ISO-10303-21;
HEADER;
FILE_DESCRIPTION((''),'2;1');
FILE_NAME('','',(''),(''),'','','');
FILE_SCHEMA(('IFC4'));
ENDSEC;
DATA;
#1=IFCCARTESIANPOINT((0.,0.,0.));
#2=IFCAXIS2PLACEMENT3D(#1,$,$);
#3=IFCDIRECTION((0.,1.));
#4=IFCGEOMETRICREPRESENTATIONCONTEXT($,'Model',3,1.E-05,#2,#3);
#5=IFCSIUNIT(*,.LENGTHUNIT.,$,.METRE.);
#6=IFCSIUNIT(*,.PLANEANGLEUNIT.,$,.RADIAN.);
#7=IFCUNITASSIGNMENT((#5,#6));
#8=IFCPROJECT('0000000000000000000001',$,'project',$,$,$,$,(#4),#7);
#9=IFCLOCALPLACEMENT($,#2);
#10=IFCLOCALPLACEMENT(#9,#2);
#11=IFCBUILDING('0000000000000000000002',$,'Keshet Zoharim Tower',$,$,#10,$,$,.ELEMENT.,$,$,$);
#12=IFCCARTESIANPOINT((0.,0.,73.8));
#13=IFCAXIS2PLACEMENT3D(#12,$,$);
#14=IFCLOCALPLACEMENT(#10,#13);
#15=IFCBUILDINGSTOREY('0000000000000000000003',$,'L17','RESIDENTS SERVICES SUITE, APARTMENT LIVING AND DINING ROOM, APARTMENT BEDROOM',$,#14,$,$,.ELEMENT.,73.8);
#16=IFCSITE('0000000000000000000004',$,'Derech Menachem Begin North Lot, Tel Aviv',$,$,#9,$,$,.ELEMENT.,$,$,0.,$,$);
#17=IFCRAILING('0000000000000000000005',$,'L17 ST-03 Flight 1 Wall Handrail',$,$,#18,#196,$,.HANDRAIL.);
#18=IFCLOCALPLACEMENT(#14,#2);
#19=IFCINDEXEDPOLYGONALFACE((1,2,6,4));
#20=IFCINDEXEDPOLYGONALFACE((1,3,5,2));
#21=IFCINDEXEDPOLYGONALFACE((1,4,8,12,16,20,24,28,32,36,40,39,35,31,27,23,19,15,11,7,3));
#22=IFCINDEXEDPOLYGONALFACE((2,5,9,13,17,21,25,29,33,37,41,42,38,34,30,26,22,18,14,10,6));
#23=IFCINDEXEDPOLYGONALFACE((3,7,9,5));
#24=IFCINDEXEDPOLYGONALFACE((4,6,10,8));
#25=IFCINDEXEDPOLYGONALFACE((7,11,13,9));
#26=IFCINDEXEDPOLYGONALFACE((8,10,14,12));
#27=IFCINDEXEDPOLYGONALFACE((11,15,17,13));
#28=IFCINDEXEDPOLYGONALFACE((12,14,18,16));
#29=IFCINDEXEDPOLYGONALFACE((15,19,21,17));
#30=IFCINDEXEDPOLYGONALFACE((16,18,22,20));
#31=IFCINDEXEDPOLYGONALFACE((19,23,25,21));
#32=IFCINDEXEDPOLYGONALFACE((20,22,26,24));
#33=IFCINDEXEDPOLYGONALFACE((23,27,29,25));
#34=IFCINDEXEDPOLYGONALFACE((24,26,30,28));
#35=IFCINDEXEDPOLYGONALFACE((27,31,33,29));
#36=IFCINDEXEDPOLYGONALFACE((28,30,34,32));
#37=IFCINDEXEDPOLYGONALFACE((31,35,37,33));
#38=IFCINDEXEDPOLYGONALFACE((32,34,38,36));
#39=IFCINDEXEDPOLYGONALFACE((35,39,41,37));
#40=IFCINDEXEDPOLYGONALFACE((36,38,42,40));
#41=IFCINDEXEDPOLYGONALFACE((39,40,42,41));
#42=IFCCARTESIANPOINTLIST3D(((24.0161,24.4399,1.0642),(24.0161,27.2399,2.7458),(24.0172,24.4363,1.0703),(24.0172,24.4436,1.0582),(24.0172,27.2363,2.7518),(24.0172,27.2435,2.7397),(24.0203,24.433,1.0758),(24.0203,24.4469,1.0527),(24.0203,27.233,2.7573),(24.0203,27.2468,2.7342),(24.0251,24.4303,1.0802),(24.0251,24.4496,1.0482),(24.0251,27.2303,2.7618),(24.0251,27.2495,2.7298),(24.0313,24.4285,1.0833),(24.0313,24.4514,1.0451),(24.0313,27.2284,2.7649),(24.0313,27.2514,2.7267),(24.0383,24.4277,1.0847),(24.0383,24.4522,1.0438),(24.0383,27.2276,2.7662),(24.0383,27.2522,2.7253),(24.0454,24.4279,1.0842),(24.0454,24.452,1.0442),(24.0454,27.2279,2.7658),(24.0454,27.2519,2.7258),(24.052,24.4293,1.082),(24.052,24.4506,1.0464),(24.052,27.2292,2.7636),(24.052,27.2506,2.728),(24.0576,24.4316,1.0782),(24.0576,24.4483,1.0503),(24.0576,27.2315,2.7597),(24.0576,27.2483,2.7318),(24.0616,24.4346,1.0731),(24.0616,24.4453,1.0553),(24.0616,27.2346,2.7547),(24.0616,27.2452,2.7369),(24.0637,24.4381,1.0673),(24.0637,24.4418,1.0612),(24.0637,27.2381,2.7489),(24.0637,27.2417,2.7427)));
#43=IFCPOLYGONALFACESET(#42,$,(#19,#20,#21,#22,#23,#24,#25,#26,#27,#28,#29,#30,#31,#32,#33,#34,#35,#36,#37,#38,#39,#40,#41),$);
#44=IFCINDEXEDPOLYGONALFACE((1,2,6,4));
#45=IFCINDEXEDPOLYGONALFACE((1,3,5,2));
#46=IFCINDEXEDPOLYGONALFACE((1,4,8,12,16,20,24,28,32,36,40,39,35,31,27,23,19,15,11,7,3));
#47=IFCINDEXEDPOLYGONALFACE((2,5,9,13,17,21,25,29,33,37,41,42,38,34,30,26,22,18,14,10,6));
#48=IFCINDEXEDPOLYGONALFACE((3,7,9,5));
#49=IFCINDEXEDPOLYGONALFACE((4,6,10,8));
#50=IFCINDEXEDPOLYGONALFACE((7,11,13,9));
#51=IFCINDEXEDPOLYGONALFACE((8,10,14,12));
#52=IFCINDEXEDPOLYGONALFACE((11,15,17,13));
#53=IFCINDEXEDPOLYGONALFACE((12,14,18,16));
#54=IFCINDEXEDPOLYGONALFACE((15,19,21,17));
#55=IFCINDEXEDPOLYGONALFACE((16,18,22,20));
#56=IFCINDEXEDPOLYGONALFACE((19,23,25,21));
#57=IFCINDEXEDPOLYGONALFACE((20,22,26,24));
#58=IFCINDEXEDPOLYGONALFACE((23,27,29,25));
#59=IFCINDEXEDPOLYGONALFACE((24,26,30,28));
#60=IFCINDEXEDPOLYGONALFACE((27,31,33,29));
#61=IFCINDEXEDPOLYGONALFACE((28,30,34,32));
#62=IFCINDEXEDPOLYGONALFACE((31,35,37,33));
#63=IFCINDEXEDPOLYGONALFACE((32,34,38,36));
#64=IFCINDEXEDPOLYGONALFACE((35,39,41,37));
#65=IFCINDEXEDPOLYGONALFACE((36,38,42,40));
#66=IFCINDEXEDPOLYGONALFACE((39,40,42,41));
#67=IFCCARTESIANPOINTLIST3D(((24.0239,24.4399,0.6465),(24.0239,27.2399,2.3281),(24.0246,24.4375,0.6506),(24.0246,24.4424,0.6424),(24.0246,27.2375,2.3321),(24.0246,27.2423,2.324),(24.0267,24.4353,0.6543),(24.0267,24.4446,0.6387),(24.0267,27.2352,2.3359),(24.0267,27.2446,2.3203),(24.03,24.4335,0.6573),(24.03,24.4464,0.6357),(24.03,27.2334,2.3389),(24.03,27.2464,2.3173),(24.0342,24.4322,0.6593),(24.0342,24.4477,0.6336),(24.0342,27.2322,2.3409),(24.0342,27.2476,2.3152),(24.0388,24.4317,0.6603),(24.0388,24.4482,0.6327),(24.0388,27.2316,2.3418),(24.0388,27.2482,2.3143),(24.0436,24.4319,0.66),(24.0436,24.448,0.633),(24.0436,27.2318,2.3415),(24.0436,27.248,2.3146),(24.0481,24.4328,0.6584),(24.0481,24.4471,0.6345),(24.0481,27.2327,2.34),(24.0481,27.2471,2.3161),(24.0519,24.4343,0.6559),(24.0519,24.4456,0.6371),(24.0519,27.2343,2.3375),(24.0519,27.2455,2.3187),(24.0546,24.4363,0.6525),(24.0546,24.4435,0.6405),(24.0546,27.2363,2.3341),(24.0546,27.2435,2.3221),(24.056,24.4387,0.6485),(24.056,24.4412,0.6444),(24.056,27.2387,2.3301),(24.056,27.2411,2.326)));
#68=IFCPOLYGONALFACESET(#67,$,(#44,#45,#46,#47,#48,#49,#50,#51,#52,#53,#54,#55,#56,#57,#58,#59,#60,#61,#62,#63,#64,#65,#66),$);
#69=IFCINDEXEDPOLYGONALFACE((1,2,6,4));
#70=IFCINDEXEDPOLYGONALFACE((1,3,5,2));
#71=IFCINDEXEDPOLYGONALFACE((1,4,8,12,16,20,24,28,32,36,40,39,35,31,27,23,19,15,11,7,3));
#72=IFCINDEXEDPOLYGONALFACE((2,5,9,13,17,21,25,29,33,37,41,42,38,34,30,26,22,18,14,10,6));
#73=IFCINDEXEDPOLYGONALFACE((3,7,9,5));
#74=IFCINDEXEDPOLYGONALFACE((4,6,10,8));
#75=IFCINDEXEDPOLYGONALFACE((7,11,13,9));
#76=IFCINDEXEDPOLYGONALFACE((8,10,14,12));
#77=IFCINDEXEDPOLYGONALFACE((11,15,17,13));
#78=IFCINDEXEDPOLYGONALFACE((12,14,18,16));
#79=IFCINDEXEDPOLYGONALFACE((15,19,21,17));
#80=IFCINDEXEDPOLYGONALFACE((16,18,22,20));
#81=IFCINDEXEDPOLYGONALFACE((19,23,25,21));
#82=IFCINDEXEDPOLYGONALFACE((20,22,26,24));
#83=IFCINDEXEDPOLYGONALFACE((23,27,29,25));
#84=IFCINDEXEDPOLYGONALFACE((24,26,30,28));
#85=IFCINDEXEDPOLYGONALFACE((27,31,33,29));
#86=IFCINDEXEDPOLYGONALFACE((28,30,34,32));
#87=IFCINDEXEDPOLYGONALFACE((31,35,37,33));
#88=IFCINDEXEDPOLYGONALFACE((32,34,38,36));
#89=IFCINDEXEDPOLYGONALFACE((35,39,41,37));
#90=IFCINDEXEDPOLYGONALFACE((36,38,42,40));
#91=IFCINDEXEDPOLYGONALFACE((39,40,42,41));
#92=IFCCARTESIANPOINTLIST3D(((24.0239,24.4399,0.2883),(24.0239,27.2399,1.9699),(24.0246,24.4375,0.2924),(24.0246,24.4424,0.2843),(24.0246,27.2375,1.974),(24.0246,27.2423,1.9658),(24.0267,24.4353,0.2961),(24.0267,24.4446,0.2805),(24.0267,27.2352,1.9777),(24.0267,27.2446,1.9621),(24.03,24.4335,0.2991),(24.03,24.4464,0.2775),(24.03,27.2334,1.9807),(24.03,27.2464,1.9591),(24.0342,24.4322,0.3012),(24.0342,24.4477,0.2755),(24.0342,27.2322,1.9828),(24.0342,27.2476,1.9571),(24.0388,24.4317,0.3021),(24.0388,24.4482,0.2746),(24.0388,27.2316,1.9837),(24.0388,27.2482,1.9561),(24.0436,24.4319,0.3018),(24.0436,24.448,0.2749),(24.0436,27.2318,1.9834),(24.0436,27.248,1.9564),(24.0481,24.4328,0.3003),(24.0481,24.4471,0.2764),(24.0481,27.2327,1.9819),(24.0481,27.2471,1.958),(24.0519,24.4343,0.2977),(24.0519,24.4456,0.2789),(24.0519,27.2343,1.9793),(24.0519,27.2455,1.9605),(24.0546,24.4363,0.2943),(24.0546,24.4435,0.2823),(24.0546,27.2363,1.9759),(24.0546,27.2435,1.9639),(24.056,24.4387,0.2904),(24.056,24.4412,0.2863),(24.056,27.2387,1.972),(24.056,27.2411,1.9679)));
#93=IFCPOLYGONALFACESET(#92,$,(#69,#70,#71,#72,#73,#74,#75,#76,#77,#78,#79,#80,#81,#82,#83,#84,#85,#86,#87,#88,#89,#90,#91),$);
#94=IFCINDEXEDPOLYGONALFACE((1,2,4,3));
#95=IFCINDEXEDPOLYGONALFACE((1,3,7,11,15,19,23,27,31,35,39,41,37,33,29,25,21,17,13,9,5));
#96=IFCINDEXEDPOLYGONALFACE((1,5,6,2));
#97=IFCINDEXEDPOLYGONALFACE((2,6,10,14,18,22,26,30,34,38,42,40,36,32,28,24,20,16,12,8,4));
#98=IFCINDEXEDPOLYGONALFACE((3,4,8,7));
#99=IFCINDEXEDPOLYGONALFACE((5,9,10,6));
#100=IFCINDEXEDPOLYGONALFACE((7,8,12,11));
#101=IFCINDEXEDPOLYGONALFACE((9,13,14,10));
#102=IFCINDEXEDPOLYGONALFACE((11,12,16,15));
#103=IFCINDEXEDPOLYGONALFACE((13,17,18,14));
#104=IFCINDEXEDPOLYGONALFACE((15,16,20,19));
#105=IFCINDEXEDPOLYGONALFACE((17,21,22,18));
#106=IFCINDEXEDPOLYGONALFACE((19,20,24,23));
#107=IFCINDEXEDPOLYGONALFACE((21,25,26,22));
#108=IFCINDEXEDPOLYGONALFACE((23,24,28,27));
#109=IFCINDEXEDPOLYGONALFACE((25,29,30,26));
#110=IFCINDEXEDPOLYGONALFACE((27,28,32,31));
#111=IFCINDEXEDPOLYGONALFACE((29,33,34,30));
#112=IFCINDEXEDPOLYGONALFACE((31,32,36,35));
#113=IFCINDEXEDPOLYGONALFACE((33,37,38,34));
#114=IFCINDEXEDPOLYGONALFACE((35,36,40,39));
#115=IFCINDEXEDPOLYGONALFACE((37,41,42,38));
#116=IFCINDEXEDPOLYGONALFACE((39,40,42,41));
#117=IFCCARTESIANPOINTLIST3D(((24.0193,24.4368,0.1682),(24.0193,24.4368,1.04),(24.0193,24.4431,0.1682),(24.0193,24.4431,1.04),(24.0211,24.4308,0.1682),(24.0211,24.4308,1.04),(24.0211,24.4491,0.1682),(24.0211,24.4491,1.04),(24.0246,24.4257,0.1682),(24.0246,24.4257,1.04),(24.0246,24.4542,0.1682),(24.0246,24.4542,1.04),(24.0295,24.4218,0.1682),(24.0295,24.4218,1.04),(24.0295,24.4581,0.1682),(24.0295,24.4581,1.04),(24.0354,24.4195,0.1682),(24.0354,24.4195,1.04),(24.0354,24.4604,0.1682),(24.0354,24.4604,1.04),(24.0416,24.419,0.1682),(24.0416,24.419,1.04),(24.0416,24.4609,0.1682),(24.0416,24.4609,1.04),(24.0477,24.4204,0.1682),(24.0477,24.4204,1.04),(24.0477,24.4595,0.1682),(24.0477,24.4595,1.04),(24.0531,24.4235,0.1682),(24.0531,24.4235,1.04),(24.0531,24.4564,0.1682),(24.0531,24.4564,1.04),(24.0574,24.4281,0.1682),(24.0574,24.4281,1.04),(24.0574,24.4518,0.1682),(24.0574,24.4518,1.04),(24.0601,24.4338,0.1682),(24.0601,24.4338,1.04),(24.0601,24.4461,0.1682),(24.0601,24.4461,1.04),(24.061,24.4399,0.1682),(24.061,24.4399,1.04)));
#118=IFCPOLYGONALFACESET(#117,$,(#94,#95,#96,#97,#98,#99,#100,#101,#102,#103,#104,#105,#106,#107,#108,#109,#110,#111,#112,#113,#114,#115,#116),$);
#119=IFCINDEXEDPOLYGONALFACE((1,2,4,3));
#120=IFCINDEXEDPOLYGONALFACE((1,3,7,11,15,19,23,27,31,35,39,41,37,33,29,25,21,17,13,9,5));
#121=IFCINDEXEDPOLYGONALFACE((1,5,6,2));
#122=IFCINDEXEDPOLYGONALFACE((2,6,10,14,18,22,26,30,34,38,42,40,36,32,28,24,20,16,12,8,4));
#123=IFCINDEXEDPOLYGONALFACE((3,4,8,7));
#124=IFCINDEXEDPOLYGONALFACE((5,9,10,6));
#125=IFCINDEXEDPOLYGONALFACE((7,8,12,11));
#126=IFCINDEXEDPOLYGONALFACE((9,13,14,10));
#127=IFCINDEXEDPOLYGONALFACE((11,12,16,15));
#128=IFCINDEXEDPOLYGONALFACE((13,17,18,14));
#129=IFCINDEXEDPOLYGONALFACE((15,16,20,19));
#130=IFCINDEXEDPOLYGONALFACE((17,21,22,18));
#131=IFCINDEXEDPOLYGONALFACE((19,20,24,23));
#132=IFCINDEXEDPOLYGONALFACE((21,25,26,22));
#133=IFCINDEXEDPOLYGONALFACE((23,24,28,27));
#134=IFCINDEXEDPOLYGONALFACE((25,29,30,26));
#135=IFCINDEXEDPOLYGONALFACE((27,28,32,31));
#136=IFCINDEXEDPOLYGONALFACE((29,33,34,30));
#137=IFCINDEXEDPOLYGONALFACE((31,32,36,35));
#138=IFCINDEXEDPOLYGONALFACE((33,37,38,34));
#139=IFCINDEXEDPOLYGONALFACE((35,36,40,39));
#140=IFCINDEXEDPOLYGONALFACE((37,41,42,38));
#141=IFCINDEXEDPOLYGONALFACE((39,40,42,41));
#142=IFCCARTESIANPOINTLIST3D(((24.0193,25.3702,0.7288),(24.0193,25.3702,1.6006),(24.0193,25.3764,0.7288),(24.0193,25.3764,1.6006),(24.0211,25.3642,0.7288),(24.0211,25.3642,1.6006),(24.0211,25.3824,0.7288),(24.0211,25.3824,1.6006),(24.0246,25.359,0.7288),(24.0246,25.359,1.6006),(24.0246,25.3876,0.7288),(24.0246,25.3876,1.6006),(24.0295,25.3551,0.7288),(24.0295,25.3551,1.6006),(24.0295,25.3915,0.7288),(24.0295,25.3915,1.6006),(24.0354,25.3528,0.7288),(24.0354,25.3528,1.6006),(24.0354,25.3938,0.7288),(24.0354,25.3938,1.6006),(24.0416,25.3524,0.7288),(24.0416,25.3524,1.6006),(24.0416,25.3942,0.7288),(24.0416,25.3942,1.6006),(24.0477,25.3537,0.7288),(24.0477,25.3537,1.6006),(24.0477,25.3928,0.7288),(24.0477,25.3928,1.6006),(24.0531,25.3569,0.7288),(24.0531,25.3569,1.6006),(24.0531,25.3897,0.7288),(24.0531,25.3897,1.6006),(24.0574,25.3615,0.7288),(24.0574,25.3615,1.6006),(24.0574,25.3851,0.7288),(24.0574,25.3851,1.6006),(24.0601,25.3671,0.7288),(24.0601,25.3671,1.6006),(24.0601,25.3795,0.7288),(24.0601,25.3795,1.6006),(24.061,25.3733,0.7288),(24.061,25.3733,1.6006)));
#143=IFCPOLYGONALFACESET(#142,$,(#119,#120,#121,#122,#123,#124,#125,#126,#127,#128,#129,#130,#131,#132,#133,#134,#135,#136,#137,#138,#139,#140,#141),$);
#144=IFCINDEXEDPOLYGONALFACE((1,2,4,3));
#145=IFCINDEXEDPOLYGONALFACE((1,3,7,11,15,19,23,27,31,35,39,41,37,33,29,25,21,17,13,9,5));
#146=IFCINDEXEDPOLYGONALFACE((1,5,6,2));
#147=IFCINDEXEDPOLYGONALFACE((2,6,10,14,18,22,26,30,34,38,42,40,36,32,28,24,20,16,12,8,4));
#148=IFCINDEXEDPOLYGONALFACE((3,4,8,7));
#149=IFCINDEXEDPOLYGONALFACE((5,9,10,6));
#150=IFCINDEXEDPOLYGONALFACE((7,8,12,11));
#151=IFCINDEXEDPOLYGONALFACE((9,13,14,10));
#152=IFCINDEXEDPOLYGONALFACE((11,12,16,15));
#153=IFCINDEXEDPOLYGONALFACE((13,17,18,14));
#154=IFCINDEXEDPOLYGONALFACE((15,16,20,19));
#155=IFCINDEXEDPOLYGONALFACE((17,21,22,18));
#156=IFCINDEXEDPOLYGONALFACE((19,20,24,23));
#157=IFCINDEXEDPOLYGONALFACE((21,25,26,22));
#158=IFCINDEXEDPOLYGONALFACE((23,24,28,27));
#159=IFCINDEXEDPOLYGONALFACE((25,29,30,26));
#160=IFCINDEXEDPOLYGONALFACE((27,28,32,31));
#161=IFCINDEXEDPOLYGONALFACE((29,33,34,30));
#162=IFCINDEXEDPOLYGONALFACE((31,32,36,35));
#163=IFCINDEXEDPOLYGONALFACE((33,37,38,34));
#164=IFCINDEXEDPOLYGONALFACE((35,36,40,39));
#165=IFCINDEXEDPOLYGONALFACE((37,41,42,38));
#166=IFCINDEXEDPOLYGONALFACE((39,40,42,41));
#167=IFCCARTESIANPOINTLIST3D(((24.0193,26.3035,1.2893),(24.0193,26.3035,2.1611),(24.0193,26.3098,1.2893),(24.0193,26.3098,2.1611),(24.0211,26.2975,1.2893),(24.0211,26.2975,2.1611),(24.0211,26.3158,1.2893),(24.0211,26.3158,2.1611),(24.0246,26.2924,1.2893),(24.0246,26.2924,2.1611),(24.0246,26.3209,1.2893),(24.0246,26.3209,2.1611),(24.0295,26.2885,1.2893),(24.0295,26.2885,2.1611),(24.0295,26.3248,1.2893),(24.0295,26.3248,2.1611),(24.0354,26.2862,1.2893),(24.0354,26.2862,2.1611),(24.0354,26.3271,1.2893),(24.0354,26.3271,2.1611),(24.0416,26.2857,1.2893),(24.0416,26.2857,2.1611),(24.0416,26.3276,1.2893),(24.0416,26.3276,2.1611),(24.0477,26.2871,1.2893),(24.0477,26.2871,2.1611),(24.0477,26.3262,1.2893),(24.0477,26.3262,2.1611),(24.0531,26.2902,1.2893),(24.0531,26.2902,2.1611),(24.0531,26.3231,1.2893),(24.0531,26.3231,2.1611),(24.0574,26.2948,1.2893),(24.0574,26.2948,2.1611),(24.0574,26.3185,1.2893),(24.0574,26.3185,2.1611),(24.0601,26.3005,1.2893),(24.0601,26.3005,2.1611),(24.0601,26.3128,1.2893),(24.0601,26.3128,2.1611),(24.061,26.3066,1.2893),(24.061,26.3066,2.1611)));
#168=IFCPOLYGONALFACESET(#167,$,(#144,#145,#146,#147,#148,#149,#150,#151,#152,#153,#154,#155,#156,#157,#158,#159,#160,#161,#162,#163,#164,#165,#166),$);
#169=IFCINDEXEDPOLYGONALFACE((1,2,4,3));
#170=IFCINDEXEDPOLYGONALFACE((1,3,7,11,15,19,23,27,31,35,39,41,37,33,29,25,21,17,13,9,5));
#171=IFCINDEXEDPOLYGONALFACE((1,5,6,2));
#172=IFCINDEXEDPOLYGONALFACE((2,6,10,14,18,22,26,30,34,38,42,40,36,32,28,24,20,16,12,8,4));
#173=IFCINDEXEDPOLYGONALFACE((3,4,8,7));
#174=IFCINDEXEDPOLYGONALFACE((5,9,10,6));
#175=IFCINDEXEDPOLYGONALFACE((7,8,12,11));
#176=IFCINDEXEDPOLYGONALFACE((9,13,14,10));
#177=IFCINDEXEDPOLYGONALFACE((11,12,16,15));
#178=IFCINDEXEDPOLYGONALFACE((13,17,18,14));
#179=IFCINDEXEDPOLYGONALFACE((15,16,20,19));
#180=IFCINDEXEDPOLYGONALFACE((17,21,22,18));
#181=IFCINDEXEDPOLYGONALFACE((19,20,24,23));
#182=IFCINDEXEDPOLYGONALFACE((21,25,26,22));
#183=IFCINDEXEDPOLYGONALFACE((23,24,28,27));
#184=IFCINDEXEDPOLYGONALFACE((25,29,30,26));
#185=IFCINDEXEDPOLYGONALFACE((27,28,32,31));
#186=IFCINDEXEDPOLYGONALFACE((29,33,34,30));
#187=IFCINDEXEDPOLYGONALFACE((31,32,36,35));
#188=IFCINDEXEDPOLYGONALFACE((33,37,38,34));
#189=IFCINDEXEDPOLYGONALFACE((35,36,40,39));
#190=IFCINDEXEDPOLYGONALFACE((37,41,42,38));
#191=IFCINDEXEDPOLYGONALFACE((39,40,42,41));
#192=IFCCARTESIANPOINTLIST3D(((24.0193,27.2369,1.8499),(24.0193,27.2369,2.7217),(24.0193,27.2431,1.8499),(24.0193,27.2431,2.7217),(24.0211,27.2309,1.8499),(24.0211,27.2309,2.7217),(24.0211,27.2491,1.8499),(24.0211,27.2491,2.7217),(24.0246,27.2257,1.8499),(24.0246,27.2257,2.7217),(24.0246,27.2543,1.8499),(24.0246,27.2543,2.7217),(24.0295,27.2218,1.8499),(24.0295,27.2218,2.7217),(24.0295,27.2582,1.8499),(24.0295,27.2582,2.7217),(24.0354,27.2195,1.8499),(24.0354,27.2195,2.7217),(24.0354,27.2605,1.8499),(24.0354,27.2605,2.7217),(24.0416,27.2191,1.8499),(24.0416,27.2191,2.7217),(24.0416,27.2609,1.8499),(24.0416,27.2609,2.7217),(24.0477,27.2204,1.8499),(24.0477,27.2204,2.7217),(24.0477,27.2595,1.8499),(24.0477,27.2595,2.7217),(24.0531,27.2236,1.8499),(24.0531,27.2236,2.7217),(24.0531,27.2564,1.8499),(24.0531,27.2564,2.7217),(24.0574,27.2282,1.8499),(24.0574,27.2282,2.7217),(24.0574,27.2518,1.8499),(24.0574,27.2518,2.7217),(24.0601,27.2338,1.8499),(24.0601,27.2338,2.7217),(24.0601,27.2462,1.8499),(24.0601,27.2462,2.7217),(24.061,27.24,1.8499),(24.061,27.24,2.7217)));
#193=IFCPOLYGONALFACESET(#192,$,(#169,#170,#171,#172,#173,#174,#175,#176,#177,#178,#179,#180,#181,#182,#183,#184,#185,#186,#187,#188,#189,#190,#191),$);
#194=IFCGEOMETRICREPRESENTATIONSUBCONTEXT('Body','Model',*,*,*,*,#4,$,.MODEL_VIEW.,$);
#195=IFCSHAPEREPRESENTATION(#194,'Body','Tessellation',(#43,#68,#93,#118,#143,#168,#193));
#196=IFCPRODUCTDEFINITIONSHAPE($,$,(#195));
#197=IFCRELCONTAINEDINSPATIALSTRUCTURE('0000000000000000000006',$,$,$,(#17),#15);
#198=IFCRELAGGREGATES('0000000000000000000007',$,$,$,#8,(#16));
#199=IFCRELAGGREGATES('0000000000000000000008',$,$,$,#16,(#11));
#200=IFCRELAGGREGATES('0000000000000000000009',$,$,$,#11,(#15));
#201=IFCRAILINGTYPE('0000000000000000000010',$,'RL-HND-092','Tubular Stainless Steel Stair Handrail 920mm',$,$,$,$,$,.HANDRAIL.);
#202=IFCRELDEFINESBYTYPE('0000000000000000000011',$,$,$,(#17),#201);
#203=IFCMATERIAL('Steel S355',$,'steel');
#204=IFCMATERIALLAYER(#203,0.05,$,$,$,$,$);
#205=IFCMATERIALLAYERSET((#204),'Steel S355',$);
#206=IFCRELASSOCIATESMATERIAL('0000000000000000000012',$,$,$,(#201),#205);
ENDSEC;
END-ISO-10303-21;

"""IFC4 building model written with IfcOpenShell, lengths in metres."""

from ifc_helpers import new_model, si_unit, direction, frame, origin, origin_2d, place, context, subcontext, project, spatial, circle, extrude, material, layer, layer_set, type_object, element, save


model = new_model("IFC4")

# Units and contexts
model_context = context("Model", 3, precision=1e-05, world=origin(), true_north=direction((0.0, 1.0)))
body_context = subcontext(model_context, "Body", "Model", "MODEL_VIEW")
ifc_project = project(units=[si_unit("LENGTHUNIT", "METRE"), si_unit("PLANEANGLEUNIT", "RADIAN")], contexts=[model_context])

# Site, building, storey
site_placement = place(None, origin())
site = spatial("IfcSite", under=ifc_project, at=site_placement, Name="Derech Menachem Begin North Lot, Tel Aviv", CompositionType="ELEMENT", RefElevation=0.0)
building_placement = place(site_placement, origin())
building = spatial("IfcBuilding", under=site, at=building_placement, Name="Keshet Zoharim Tower", CompositionType="ELEMENT")
storey_placement = place(building_placement, frame((0.0, 0.0, 73.8)))
storey = spatial("IfcBuildingStorey", under=building, at=storey_placement, Name="L17", Description="RESIDENTS SERVICES SUITE, APARTMENT LIVING AND DINING ROOM, APARTMENT BEDROOM", CompositionType="ELEMENT", Elevation=73.8)

# Shared definitions
ifc_material_1 = material(Name="Steel S355", Category="steel")

# Railing
ifc_layer_1 = layer(ifc_material_1, 0.05)
ifc_layer_set_1 = layer_set([ifc_layer_1], Name="Steel S355")
railing_type_1 = type_object("IfcRailingType", Name="RL-HND-092", Description="Tubular Stainless Steel Stair Handrail 920mm", PredefinedType="HANDRAIL", material=ifc_layer_set_1)
railing_1_placement = place(storey_placement, frame((24.04, 24.4399, 0.1682)))
element("IfcRailing", 1, at=railing_1_placement, inside=storey, type_object=railing_type_1, Name="L17 ST-03 Flight 1 Wall Handrail", PredefinedType="HANDRAIL", context=body_context, shape_type="SweptSolid", body=[
    extrude(circle(Radius=0.0239, at=origin_2d()), frame((0.0, 0.0, 0.896), z_axis=(0.0, 0.857275, 0.514858), x_axis=(-1.0, 0.0, 0.0)), (0.0, 0.0, 1.0), 3.2661),
    extrude(circle(Radius=0.0161, at=origin_2d()), frame((0.0, 0.0, 0.4783), z_axis=(0.0, 0.857275, 0.514858), x_axis=(-1.0, 0.0, 0.0)), (0.0, 0.0, 1.0), 3.2661),
    extrude(circle(Radius=0.0161, at=origin_2d()), frame((0.0, 0.0, 0.1201), z_axis=(0.0, 0.857275, 0.514858), x_axis=(-1.0, 0.0, 0.0)), (0.0, 0.0, 1.0), 3.2661),
    extrude(circle(Radius=0.021, at=origin_2d()), origin(), (0.0, 0.0, 1.0), 0.8718),
    extrude(circle(Radius=0.021, at=origin_2d()), frame((0.0, 0.9333, 0.5605)), (0.0, 0.0, 1.0), 0.8718),
    extrude(circle(Radius=0.021, at=origin_2d()), frame((0.0, 1.8667, 1.1211)), (0.0, 0.0, 1.0), 0.8718),
    extrude(circle(Radius=0.021, at=origin_2d()), frame((0.0, 2.8, 1.6816)), (0.0, 0.0, 1.0), 0.8718),
])

save(model, "model.ifc")
